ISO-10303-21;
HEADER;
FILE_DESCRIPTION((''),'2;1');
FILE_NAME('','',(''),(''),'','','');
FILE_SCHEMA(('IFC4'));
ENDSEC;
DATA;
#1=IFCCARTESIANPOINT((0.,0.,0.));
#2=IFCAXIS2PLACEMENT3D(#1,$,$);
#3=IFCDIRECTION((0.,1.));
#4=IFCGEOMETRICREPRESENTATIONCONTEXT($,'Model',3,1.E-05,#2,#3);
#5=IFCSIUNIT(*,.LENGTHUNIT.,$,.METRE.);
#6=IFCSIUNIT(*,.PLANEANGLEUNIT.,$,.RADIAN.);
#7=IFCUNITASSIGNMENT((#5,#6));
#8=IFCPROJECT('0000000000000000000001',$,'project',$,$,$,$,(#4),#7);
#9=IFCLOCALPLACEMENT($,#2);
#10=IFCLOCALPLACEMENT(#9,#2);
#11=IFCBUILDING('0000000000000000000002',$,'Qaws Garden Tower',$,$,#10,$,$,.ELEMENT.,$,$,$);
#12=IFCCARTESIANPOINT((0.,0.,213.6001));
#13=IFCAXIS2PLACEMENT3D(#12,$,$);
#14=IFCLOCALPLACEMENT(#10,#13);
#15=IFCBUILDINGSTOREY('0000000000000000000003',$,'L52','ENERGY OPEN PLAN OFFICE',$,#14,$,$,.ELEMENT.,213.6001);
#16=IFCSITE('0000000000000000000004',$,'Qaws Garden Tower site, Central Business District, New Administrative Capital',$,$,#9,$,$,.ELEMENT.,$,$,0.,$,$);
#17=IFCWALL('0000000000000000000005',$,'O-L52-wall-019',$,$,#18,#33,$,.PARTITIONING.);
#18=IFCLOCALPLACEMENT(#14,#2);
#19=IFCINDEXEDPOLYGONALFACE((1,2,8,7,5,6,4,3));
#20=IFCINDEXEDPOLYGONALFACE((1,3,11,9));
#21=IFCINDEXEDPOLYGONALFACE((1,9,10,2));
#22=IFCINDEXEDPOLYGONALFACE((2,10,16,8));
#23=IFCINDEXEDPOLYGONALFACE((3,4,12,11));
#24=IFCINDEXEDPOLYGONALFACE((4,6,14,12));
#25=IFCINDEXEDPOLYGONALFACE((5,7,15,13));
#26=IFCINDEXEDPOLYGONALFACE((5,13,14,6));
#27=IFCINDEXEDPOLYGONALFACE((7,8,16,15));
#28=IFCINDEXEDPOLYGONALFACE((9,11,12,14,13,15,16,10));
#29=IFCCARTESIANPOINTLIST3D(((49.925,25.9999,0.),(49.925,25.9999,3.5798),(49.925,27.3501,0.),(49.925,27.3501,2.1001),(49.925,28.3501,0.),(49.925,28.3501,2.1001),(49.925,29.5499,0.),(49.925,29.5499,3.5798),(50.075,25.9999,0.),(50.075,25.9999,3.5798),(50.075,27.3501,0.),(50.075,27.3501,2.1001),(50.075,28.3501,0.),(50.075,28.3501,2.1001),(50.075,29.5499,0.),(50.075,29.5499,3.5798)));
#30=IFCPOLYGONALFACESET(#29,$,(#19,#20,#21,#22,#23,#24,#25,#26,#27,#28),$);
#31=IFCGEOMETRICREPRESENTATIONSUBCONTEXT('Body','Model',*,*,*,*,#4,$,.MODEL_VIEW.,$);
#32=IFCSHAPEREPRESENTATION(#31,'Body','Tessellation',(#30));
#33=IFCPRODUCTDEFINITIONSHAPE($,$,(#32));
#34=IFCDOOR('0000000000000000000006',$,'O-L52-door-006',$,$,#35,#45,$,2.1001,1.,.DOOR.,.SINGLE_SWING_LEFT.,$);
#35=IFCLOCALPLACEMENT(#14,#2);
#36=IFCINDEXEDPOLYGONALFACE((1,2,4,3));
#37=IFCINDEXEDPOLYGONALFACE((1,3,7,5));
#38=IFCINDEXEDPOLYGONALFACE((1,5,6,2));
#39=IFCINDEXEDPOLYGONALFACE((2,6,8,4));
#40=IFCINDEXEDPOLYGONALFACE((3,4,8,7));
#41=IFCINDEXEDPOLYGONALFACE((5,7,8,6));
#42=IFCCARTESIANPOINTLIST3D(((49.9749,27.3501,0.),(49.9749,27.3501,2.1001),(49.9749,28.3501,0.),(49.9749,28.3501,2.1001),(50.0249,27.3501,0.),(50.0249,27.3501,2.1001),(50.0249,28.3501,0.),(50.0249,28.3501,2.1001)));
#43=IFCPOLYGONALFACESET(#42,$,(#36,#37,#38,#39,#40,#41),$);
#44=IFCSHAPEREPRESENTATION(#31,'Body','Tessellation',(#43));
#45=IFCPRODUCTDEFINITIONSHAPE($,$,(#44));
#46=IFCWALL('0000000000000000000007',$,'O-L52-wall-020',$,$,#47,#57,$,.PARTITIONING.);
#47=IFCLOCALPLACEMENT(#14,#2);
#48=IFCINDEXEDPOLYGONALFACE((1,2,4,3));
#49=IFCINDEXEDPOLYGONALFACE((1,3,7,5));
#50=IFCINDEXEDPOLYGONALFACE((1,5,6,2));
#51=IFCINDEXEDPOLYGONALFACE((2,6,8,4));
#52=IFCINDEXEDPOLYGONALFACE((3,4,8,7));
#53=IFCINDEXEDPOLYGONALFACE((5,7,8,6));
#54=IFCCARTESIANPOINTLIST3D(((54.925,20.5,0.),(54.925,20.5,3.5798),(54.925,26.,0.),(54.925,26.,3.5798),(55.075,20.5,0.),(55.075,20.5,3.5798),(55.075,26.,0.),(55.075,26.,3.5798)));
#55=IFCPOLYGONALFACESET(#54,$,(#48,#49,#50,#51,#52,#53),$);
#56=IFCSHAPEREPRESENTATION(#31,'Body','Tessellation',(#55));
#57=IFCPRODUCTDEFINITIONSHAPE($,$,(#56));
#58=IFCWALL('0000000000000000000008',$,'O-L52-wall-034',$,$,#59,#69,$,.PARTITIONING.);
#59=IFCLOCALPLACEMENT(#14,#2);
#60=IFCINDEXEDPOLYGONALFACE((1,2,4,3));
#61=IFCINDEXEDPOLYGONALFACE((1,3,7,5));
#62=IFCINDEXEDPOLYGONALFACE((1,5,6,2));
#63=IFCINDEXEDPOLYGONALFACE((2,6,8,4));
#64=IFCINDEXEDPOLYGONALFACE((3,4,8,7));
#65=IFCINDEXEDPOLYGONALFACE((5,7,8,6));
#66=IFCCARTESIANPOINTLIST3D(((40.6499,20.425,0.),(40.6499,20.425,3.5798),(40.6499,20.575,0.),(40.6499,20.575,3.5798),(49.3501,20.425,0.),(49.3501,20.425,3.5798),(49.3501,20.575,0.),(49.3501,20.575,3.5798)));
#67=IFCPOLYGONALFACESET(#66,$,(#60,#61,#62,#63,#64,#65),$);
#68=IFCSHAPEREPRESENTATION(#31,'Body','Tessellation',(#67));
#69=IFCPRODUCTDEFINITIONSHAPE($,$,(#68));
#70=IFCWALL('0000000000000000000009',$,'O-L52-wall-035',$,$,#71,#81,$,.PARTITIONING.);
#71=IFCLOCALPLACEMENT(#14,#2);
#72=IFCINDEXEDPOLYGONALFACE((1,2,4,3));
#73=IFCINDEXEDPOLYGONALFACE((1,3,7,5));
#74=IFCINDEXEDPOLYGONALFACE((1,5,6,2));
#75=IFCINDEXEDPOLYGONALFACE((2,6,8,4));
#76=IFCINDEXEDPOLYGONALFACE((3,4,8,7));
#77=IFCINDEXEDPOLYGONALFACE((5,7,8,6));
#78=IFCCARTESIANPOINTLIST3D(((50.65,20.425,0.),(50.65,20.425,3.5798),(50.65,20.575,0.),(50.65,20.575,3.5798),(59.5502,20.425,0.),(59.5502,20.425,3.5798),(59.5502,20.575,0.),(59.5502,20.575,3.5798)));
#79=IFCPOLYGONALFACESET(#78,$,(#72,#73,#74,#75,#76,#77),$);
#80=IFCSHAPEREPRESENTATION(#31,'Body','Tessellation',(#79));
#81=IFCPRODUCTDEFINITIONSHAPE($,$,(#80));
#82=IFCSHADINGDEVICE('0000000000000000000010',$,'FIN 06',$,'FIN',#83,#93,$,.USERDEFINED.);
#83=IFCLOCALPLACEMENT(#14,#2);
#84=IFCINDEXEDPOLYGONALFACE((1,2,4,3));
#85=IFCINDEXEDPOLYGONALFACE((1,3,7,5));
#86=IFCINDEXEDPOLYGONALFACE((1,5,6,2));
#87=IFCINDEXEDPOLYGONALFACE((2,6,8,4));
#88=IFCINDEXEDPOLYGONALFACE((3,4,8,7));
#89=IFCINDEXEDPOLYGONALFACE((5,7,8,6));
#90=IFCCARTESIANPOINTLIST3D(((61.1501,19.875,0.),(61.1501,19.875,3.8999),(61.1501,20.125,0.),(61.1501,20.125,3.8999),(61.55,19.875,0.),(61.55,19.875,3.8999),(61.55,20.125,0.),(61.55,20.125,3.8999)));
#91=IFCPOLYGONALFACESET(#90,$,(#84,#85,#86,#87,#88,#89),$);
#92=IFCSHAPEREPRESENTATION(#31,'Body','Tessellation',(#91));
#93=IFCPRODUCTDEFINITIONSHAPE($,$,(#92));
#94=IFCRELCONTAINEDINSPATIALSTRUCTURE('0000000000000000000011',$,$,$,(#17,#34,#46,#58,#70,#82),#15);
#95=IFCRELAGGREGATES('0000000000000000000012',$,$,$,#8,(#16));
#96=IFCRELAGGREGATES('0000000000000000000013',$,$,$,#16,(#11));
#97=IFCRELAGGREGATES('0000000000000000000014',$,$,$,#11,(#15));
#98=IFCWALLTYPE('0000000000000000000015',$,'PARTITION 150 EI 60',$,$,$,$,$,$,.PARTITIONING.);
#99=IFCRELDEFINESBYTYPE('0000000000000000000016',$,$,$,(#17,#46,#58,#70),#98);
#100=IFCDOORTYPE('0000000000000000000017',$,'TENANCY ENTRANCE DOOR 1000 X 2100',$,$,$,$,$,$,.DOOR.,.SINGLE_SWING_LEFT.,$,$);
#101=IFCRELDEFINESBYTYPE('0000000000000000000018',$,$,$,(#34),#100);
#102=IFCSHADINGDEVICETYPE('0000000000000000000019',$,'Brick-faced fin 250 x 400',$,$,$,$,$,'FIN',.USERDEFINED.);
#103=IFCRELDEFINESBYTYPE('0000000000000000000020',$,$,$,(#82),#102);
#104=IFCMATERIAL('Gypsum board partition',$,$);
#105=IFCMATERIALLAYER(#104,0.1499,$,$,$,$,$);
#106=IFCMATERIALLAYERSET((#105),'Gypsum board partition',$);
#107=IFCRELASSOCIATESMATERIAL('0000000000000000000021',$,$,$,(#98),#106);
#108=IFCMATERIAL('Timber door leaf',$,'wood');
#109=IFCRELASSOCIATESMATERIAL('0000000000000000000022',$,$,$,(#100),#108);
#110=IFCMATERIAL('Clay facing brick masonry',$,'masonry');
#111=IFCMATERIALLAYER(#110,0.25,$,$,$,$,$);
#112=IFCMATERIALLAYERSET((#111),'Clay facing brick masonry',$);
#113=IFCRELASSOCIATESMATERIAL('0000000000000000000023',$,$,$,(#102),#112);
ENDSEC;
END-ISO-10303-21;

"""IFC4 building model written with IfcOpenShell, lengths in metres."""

from ifc_helpers import new_model, si_unit, direction, frame, frame_2d, origin, origin_2d, place, context, subcontext, project, spatial, rectangle, extrude, material, layer, layer_set, type_object, element, fill, save


model = new_model("IFC4")

# Units and contexts
model_context = context("Model", 3, precision=1e-05, world=origin(), true_north=direction((0.0, 1.0)))
body_context = subcontext(model_context, "Body", "Model", "MODEL_VIEW")
ifc_project = project(units=[si_unit("LENGTHUNIT", "METRE"), si_unit("PLANEANGLEUNIT", "RADIAN")], contexts=[model_context])

# Site, building, storey
site_placement = place(None, origin())
site = spatial("IfcSite", under=ifc_project, at=site_placement, Name="Qaws Garden Tower site, Central Business District, New Administrative Capital", CompositionType="ELEMENT", RefElevation=0.0)
building_placement = place(site_placement, origin())
building = spatial("IfcBuilding", under=site, at=building_placement, Name="Qaws Garden Tower", CompositionType="ELEMENT")
storey_placement = place(building_placement, frame((0.0, 0.0, 213.6001)))
storey = spatial("IfcBuildingStorey", under=building, at=storey_placement, Name="L52", Description="ENERGY OPEN PLAN OFFICE", CompositionType="ELEMENT", Elevation=213.6001)

# Shared definitions
ifc_material_1 = material(Name="Gypsum board partition")
ifc_layer_1 = layer(ifc_material_1, 0.1499)
ifc_layer_set_1 = layer_set([ifc_layer_1], Name="Gypsum board partition")
wall_type = type_object("IfcWallType", Name="PARTITION 150 EI 60", PredefinedType="PARTITIONING", material=ifc_layer_set_1)

# Wall, opening, door
wall_1_placement = place(storey_placement, frame((50.0, 26.0, 0.0), z_axis=(0.0, 0.0, 1.0), x_axis=(0.0, 1.0, 0.0)))
wall_1 = element("IfcWall", 1, at=wall_1_placement, inside=storey, type_object=wall_type, Name="O-L52-wall-019", PredefinedType="PARTITIONING", context=body_context, shape_type="SweptSolid", body=[
    extrude(rectangle(XDim=3.55, YDim=0.1499, at=frame_2d((1.7749, 0.0))), origin(), (0.0, 0.0, 1.0), 3.5798),
])
opening_placement = place(wall_1_placement, frame((1.3501, 0.0, 0.0)))
opening = element("IfcOpeningElement", 2, at=opening_placement, cuts=wall_1, PredefinedType="OPENING", context=body_context, shape_type="SweptSolid", body=[
    extrude(rectangle(XDim=1.0, YDim=2.1001, at=frame_2d((0.5, 1.05))), frame((0.0, 0.085, 0.0), z_axis=(0.0, -1.0, 0.0), x_axis=(1.0, 0.0, 0.0)), (0.0, 0.0, 1.0), 0.1699),
])
ifc_material_2 = material(Name="Timber door leaf", Category="wood")
door_type = type_object("IfcDoorType", Name="TENANCY ENTRANCE DOOR 1000 X 2100", OperationType="SINGLE_SWING_LEFT", PredefinedType="DOOR", material=ifc_material_2)
door_placement = place(opening_placement, frame((1.0, 0.0, 0.0), z_axis=(0.0, 0.0, 1.0), x_axis=(-1.0, 0.0, 0.0)))
door = element("IfcDoor", 3, at=door_placement, inside=storey, type_object=door_type, Name="O-L52-door-006", OperationType="SINGLE_SWING_LEFT", OverallHeight=2.1001, OverallWidth=1.0, PredefinedType="DOOR", context=body_context, shape_type="SweptSolid", body=[
    extrude(rectangle(XDim=1.0, YDim=2.1001, at=frame_2d((0.5, 1.05))), frame((0.0, 0.0249, 0.0), z_axis=(0.0, -1.0, 0.0), x_axis=(1.0, 0.0, 0.0)), (0.0, 0.0, 1.0), 0.05),
])
fill(opening, door)

# Walls
wall_2_placement = place(storey_placement, frame((55.0, 20.5, 0.0), z_axis=(0.0, 0.0, 1.0), x_axis=(0.0, 1.0, 0.0)))
element("IfcWall", 4, at=wall_2_placement, inside=storey, type_object=wall_type, Name="O-L52-wall-020", PredefinedType="PARTITIONING", context=body_context, shape_type="SweptSolid", body=[
    extrude(rectangle(XDim=5.5, YDim=0.1499, at=frame_2d((2.75, 0.0))), origin(), (0.0, 0.0, 1.0), 3.5798),
])
wall_3_placement = place(storey_placement, frame((40.6499, 20.5, 0.0), z_axis=(0.0, 0.0, 1.0), x_axis=(1.0, 0.0, 0.0)))
element("IfcWall", 5, at=wall_3_placement, inside=storey, type_object=wall_type, Name="O-L52-wall-034", PredefinedType="PARTITIONING", context=body_context, shape_type="SweptSolid", body=[
    extrude(rectangle(XDim=8.7002, YDim=0.1499, at=frame_2d((4.3501, 0.0))), origin(), (0.0, 0.0, 1.0), 3.5798),
])
wall_4_placement = place(storey_placement, frame((50.6499, 20.5, 0.0), z_axis=(0.0, 0.0, 1.0), x_axis=(1.0, 0.0, 0.0)))
element("IfcWall", 6, at=wall_4_placement, inside=storey, type_object=wall_type, Name="O-L52-wall-035", PredefinedType="PARTITIONING", context=body_context, shape_type="SweptSolid", body=[
    extrude(rectangle(XDim=8.9001, YDim=0.1499, at=frame_2d((4.4502, 0.0))), origin(), (0.0, 0.0, 1.0), 3.5798),
])

# Shading device
ifc_material_3 = material(Name="Clay facing brick masonry", Category="masonry")
ifc_layer_2 = layer(ifc_material_3, 0.25)
ifc_layer_set_2 = layer_set([ifc_layer_2], Name="Clay facing brick masonry")
shading_device_type = type_object("IfcShadingDeviceType", Name="Brick-faced fin 250 x 400", ElementType="FIN", PredefinedType="USERDEFINED", material=ifc_layer_set_2)
shading_device_placement = place(storey_placement, frame((61.3501, 20.0, 0.0), z_axis=(0.0, 0.0, 1.0), x_axis=(0.0, 1.0, 0.0)))
element("IfcShadingDevice", 7, at=shading_device_placement, inside=storey, type_object=shading_device_type, Name="FIN 06", ObjectType="FIN", PredefinedType="USERDEFINED", context=body_context, shape_type="SweptSolid", body=[
    extrude(rectangle(XDim=0.25, YDim=0.3999, at=origin_2d()), origin(), (0.0, 0.0, 1.0), 3.8999),
])

save(model, "model.ifc")
